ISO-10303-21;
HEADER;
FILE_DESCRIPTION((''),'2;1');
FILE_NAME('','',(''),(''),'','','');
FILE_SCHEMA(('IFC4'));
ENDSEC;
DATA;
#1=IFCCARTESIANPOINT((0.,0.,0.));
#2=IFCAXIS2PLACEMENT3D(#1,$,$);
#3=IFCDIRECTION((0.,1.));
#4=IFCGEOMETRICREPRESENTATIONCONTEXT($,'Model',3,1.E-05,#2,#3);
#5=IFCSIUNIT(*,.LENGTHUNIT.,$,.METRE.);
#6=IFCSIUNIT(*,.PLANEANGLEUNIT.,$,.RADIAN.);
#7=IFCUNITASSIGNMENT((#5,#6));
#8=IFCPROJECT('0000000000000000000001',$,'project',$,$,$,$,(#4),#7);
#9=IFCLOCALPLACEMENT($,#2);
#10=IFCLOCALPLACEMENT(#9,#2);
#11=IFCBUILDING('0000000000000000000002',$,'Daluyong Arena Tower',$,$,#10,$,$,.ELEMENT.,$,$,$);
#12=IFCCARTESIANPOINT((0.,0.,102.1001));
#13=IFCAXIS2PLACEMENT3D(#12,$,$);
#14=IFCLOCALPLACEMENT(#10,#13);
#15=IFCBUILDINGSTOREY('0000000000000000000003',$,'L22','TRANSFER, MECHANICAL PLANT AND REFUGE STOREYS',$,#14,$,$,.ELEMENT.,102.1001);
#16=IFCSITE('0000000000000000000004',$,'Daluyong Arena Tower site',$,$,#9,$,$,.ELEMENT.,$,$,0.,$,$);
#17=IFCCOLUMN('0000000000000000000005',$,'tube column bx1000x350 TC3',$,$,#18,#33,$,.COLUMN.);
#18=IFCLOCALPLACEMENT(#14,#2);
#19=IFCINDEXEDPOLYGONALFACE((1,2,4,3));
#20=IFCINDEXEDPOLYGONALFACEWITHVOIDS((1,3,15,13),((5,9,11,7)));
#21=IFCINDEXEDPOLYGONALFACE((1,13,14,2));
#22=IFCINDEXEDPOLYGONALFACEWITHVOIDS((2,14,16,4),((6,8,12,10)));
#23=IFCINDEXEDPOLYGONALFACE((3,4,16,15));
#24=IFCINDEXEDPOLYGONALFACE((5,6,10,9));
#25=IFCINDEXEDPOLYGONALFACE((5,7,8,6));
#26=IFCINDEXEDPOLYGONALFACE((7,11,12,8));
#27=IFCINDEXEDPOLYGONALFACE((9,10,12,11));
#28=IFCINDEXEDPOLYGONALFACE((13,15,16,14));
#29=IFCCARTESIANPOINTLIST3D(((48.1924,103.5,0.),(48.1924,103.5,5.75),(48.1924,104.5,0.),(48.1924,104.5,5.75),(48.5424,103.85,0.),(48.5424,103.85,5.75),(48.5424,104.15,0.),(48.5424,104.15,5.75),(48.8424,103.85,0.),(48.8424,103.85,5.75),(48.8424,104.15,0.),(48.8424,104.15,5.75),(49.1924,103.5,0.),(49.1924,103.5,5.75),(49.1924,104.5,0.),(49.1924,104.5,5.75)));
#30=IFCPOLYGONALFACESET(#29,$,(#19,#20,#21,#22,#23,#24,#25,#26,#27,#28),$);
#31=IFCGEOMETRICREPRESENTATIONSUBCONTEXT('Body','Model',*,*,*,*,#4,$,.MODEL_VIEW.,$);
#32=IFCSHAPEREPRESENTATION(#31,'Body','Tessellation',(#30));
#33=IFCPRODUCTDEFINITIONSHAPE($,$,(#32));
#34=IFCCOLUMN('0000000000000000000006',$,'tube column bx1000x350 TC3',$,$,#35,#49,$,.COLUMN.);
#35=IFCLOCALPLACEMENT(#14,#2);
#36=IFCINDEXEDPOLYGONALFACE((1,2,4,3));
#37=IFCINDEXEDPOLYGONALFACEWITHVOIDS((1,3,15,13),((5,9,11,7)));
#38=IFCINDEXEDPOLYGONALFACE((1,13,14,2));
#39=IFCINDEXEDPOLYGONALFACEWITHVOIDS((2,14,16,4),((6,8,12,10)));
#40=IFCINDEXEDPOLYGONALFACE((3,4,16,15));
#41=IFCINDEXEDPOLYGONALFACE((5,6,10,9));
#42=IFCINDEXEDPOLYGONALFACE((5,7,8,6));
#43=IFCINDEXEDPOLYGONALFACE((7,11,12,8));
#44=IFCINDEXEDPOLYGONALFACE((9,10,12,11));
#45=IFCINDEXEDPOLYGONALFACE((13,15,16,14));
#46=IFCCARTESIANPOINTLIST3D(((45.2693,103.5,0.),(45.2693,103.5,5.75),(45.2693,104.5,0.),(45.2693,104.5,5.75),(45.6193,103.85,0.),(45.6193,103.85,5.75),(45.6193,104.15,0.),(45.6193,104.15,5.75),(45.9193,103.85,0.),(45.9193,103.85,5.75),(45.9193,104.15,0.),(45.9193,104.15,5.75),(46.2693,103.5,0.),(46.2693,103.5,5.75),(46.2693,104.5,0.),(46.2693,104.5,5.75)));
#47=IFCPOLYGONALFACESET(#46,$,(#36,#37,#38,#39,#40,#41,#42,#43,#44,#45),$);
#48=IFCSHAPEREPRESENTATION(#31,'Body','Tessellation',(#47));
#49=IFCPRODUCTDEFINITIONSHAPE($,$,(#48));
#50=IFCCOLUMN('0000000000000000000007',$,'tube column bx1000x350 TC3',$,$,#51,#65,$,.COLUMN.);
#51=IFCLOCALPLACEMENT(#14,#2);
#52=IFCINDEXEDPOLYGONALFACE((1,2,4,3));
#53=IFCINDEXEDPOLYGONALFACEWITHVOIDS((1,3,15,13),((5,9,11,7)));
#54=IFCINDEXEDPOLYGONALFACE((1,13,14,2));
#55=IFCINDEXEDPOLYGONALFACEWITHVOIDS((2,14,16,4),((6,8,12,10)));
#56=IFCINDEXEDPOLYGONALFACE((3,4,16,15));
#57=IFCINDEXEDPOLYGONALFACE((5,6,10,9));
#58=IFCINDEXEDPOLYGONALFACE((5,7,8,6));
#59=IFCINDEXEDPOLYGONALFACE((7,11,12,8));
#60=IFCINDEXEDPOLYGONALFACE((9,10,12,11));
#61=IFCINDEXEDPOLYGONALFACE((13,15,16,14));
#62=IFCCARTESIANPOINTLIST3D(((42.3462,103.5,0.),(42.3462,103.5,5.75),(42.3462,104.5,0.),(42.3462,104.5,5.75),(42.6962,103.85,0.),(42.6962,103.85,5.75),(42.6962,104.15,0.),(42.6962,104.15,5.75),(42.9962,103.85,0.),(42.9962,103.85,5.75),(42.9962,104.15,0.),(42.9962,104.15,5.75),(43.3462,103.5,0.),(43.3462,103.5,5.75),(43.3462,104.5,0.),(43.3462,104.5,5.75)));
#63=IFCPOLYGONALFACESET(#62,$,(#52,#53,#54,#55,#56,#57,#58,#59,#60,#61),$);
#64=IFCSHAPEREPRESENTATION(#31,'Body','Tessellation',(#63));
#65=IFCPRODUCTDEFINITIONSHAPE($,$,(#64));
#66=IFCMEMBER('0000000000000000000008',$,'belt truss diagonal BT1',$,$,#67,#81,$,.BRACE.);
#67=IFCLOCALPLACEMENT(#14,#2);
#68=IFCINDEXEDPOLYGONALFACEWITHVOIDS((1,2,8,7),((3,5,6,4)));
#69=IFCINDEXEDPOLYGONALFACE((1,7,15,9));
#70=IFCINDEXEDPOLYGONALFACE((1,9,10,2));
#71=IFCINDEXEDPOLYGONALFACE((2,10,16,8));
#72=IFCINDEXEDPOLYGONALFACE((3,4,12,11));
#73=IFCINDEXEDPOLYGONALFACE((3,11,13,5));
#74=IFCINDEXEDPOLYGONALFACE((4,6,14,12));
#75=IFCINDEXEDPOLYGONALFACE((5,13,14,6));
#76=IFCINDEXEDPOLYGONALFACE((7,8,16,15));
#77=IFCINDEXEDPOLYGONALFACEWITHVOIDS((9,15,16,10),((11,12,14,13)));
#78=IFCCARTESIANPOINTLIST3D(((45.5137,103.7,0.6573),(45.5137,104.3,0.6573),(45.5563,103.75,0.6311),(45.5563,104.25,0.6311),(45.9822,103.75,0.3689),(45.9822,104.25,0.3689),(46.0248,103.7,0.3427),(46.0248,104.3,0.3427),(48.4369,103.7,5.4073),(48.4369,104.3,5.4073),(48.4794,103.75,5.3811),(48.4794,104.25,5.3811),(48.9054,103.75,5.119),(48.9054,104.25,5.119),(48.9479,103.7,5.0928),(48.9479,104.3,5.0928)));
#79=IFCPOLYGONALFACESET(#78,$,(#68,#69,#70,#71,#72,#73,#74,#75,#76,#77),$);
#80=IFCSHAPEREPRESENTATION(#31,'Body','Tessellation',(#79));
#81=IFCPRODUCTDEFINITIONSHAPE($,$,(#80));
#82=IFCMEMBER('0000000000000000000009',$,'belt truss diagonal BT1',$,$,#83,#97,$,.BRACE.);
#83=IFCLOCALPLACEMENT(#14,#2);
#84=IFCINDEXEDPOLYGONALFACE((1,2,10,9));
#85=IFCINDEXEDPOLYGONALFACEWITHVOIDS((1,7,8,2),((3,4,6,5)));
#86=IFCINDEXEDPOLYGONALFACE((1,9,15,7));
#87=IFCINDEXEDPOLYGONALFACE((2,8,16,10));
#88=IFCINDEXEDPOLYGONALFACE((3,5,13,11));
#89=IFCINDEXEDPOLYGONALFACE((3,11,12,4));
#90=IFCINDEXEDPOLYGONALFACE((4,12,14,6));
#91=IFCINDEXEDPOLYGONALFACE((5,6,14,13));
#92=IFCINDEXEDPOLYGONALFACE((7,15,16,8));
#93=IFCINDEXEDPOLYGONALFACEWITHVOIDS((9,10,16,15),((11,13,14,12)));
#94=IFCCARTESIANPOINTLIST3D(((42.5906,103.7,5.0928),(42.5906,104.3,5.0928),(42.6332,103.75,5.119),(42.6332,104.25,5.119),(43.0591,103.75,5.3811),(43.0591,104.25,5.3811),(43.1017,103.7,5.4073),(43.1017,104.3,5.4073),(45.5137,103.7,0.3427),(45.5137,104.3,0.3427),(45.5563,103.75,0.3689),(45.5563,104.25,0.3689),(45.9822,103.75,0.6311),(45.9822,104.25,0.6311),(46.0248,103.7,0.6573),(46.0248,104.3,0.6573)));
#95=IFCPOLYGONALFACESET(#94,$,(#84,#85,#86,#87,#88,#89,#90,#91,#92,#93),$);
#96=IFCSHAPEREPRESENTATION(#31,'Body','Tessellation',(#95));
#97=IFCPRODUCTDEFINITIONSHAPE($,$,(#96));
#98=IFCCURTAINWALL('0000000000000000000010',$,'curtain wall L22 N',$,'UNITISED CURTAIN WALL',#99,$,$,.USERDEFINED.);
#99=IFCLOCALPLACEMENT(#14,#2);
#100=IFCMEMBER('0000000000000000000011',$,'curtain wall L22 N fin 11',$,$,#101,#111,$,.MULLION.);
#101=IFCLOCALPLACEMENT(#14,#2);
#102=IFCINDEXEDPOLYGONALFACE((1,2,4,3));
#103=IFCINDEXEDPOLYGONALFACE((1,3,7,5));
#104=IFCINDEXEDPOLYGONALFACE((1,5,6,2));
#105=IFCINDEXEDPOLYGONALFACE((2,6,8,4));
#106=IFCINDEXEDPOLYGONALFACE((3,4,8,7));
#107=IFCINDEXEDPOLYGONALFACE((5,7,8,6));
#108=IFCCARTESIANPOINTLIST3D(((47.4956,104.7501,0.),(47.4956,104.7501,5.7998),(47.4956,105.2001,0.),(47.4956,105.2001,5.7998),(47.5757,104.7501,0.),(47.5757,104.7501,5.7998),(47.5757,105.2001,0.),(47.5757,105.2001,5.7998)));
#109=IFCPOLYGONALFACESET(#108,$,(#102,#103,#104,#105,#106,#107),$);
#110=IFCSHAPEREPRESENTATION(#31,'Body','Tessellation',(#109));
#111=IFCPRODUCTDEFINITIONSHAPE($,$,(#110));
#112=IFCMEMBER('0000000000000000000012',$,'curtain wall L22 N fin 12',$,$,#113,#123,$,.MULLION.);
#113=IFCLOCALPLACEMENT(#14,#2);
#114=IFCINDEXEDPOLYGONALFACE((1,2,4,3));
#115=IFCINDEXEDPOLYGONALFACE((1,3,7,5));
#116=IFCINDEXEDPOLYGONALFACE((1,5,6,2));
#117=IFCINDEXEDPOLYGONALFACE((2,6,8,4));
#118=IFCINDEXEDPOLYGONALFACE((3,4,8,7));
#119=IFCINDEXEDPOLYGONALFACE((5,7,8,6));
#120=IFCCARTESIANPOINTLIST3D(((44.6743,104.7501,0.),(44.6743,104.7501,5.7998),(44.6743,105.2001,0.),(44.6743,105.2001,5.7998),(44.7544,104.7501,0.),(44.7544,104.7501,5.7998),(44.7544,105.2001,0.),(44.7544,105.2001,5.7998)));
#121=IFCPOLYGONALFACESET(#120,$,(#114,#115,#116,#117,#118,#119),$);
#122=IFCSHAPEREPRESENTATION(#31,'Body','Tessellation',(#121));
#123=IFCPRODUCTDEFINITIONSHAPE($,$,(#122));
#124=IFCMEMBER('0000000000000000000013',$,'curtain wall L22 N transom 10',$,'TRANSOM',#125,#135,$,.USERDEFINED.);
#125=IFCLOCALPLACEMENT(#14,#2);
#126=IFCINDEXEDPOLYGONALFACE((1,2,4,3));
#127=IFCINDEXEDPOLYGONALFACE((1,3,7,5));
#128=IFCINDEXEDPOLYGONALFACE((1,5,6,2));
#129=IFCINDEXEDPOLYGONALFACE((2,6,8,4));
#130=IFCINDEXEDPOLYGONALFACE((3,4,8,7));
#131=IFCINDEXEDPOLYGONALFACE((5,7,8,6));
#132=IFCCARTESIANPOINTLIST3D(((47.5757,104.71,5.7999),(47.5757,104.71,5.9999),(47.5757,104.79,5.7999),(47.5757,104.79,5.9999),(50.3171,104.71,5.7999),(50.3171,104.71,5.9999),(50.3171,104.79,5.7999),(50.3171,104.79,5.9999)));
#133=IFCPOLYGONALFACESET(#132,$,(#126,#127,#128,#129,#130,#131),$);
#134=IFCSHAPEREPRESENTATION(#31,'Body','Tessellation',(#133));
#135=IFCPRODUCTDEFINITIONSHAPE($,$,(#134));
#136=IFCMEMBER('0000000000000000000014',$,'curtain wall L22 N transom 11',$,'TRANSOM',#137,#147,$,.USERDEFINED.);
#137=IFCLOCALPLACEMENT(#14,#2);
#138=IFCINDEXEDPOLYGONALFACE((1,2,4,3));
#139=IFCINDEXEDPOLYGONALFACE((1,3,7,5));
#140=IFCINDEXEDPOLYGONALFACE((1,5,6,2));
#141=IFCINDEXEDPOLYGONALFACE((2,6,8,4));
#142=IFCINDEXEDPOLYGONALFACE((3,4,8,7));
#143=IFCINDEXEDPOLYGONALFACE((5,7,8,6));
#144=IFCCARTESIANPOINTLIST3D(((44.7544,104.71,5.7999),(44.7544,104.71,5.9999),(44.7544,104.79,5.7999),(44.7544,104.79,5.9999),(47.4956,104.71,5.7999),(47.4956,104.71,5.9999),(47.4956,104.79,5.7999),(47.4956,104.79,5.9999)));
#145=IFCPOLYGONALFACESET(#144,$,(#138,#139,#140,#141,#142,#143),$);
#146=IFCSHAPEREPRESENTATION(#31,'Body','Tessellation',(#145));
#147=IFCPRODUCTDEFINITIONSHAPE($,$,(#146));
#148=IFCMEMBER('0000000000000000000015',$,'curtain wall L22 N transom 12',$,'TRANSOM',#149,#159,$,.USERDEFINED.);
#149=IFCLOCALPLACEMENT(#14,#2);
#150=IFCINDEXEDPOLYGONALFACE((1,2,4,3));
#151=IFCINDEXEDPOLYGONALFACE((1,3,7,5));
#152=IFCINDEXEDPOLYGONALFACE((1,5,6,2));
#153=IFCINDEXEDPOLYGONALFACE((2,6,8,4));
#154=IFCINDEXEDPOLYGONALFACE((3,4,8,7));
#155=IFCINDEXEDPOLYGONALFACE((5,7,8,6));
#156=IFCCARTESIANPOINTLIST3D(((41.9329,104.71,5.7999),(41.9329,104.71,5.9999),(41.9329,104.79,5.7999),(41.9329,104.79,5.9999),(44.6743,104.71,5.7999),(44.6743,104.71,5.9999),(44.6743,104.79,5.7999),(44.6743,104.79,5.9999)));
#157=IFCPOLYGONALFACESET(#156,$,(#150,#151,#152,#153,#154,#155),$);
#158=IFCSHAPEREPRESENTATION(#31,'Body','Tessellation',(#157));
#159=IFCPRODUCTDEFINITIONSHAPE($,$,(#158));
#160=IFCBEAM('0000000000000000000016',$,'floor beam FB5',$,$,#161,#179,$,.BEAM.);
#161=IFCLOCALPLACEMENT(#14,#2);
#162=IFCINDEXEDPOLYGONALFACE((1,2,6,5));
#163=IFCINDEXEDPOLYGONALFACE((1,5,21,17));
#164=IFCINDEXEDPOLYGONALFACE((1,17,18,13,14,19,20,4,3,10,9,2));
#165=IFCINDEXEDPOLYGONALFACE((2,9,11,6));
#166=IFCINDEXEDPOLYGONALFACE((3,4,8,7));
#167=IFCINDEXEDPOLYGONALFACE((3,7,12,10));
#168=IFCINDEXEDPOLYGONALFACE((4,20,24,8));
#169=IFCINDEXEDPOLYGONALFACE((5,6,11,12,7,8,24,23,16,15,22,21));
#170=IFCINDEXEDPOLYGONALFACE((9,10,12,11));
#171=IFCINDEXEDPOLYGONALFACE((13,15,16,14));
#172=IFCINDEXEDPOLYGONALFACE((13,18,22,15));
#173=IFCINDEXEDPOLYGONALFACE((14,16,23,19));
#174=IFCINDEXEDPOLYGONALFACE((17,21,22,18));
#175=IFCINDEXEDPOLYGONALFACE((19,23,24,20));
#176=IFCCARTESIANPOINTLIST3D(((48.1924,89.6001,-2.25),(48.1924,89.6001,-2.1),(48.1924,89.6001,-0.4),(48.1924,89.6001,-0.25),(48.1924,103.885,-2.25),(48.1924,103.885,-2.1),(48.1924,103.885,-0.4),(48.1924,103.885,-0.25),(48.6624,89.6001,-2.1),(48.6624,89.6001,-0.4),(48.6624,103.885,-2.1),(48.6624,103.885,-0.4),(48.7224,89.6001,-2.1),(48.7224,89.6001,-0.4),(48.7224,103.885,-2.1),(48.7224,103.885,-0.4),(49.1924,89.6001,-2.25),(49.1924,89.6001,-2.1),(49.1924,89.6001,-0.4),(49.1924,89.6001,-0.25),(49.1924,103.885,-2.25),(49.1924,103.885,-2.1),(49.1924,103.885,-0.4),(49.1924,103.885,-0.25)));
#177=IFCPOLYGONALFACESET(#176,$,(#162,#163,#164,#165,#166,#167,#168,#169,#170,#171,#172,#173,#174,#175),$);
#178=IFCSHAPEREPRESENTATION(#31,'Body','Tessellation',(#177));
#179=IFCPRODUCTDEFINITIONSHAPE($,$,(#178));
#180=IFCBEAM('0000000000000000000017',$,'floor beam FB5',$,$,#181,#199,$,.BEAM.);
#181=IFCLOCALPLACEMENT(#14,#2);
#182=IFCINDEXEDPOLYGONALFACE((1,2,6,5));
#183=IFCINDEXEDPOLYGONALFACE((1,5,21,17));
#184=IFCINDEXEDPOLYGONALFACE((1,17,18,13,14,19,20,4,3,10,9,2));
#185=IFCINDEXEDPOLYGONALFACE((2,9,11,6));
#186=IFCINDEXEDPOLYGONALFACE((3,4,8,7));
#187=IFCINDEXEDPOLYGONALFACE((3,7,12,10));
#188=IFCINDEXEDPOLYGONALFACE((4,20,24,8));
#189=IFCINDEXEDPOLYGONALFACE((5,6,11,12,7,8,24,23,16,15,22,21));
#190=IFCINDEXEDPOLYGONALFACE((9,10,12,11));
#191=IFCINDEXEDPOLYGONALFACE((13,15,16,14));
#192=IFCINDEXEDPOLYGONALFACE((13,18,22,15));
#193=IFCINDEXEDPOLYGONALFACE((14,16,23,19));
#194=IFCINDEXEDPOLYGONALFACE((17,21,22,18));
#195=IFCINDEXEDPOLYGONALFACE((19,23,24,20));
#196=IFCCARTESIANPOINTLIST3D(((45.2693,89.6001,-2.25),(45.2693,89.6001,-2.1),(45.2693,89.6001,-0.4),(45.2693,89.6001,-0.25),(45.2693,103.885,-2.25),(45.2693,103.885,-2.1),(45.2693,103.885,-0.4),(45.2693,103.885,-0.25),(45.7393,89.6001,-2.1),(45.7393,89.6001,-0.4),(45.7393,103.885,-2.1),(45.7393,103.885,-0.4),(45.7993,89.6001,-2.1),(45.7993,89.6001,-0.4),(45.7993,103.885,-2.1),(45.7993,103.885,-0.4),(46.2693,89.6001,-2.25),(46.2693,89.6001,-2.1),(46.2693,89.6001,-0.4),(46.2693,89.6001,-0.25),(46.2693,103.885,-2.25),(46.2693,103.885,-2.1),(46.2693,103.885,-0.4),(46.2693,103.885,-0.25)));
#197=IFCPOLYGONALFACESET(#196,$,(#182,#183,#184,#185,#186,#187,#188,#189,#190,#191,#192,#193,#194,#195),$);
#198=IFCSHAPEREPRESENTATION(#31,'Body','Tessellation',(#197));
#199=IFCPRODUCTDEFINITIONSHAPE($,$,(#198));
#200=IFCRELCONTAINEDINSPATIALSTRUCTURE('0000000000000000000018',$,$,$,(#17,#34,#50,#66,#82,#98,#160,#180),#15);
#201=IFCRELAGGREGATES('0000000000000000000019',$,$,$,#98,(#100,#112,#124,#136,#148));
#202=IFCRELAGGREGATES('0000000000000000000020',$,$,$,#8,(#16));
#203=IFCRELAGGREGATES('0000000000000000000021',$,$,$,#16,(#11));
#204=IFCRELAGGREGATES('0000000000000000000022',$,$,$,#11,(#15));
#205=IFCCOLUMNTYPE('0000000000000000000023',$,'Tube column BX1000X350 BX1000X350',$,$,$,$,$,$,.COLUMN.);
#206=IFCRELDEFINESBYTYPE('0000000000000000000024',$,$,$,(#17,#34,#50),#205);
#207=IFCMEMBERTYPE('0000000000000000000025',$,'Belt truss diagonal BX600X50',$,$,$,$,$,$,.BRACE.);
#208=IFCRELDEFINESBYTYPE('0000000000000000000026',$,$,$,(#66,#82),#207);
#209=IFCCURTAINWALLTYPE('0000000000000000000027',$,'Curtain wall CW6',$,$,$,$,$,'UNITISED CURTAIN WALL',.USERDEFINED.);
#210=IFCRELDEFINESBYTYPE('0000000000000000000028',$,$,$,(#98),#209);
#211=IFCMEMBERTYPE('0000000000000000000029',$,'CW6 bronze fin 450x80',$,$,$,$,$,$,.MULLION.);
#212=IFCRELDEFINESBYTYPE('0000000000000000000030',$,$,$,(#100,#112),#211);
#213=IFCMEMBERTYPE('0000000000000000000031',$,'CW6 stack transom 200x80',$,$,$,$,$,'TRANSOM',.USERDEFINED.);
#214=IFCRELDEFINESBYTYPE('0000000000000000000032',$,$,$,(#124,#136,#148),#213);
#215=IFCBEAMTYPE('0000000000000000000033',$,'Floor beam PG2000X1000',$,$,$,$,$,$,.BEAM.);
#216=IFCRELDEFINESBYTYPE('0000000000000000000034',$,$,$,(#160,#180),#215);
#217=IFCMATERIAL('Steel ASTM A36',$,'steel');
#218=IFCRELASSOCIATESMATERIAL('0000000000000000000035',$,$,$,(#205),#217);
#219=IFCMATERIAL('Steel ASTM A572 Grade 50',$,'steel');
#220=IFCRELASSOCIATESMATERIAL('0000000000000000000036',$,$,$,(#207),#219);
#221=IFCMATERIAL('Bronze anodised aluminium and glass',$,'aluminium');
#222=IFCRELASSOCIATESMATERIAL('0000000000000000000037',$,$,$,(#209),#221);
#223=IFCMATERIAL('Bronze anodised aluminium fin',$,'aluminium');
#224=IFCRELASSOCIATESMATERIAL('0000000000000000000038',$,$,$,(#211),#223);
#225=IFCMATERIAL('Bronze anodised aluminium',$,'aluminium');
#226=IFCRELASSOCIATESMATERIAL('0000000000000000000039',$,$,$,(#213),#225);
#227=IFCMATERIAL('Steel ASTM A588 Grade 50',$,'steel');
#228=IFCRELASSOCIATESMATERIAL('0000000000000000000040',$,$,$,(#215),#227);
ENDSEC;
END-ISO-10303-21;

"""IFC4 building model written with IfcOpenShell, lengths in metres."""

from ifc_helpers import new_model, si_unit, direction, frame, origin, origin_2d, place, context, subcontext, project, spatial, rectangle, hollow_rectangle, i_section, extrude, material, material_profile, profile_set, type_object, element, aggregate, save


model = new_model("IFC4")

# Units and contexts
model_context = context("Model", 3, precision=1e-05, world=origin(), true_north=direction((0.0, 1.0)))
body_context = subcontext(model_context, "Body", "Model", "MODEL_VIEW")
ifc_project = project(units=[si_unit("LENGTHUNIT", "METRE"), si_unit("PLANEANGLEUNIT", "RADIAN")], contexts=[model_context])

# Site, building, storey
site_placement = place(None, origin())
site = spatial("IfcSite", under=ifc_project, at=site_placement, Name="Daluyong Arena Tower site", CompositionType="ELEMENT", RefElevation=0.0)
building_placement = place(site_placement, origin())
building = spatial("IfcBuilding", under=site, at=building_placement, Name="Daluyong Arena Tower", CompositionType="ELEMENT")
storey_placement = place(building_placement, frame((0.0, 0.0, 102.1001)))
storey = spatial("IfcBuildingStorey", under=building, at=storey_placement, Name="L22", Description="TRANSFER, MECHANICAL PLANT AND REFUGE STOREYS", CompositionType="ELEMENT", Elevation=102.1001)

# Columns
ifc_material_1 = material(Name="Steel ASTM A36", Category="steel")
ifc_material_profile_1 = material_profile(ifc_material_1, hollow_rectangle(XDim=1.0, YDim=1.0, WallThickness=0.35, at=origin_2d()))
ifc_profile_set_1 = profile_set([ifc_material_profile_1], Name="Steel ASTM A36")
column_type = type_object("IfcColumnType", Name="Tube column BX1000X350 BX1000X350", PredefinedType="COLUMN", material=ifc_profile_set_1)
for number, where, z_axis, x_axis, name in (
    (1, (48.6924, 104.0, 0.0), (0.0, 0.0, 1.0), (1.0, 0.0, 0.0), "tube column bx1000x350 TC3"),
    (2, (45.7693, 104.0, 0.0), (0.0, 0.0, 1.0), (1.0, 0.0, 0.0), "tube column bx1000x350 TC3"),
    (3, (42.8462, 104.0, 0.0), (0.0, 0.0, 1.0), (1.0, 0.0, 0.0), "tube column bx1000x350 TC3"),
):
    element("IfcColumn", number, at=place(storey_placement, frame(where, z_axis=z_axis, x_axis=x_axis)), inside=storey, type_object=column_type, Name=name, PredefinedType="COLUMN", context=body_context, shape_type="SweptSolid", body=[
        extrude(hollow_rectangle(XDim=1.0, YDim=1.0, WallThickness=0.35, at=origin_2d()), origin(), (0.0, 0.0, 1.0), 5.75),
    ])

# Members
ifc_material_2 = material(Name="Steel ASTM A572 Grade 50", Category="steel")
ifc_material_profile_2 = material_profile(ifc_material_2, hollow_rectangle(XDim=0.6001, YDim=0.6001, WallThickness=0.05, at=origin_2d()))
ifc_profile_set_2 = profile_set([ifc_material_profile_2], Name="Steel ASTM A572 Grade 50")
member_type_1 = type_object("IfcMemberType", Name="Belt truss diagonal BX600X50", PredefinedType="BRACE", material=ifc_profile_set_2)
for number, where, z_axis, x_axis, name in (
    (4, (45.7693, 104.0, 0.5), (0.5241, 0.0, 0.851657), (0.0, 1.0, 0.0), "belt truss diagonal BT1"),
    (5, (45.7693, 104.0, 0.5), (-0.5241, 0.0, 0.851657), (0.0, -1.0, 0.0), "belt truss diagonal BT1"),
):
    element("IfcMember", number, at=place(storey_placement, frame(where, z_axis=z_axis, x_axis=x_axis)), inside=storey, type_object=member_type_1, Name=name, PredefinedType="BRACE", context=body_context, shape_type="SweptSolid", body=[
        extrude(hollow_rectangle(XDim=0.6001, YDim=0.6001, WallThickness=0.05, at=origin_2d()), origin(), (0.0, 0.0, 1.0), 5.5774),
    ])

# Curtain wall, members
ifc_material_3 = material(Name="Bronze anodised aluminium and glass", Category="aluminium")
curtain_wall_type = type_object("IfcCurtainWallType", Name="Curtain wall CW6", ElementType="UNITISED CURTAIN WALL", PredefinedType="USERDEFINED", material=ifc_material_3)
curtain_wall_placement = place(storey_placement, origin())
curtain_wall = element("IfcCurtainWall", 6, at=curtain_wall_placement, inside=storey, type_object=curtain_wall_type, Name="curtain wall L22 N", ObjectType="UNITISED CURTAIN WALL", PredefinedType="USERDEFINED")
ifc_material_4 = material(Name="Bronze anodised aluminium fin", Category="aluminium")
ifc_material_profile_3 = material_profile(ifc_material_4, rectangle(XDim=0.45, YDim=0.0801, at=origin_2d()))
ifc_profile_set_3 = profile_set([ifc_material_profile_3], Name="Bronze anodised aluminium fin")
member_type_2 = type_object("IfcMemberType", Name="CW6 bronze fin 450x80", PredefinedType="MULLION", material=ifc_profile_set_3)
member_1_placement = place(storey_placement, frame((47.5356, 104.9751, 0.0), z_axis=(0.0, 0.0, 1.0), x_axis=(0.0, -1.0, 0.0)))
member_1 = element("IfcMember", 7, at=member_1_placement, type_object=member_type_2, Name="curtain wall L22 N fin 11", PredefinedType="MULLION", context=body_context, shape_type="SweptSolid", body=[
    extrude(rectangle(XDim=0.45, YDim=0.0801, at=origin_2d()), origin(), (0.0, 0.0, 1.0), 5.7998),
])
member_2_placement = place(storey_placement, frame((44.7144, 104.9751, 0.0), z_axis=(0.0, 0.0, 1.0), x_axis=(0.0, -1.0, 0.0)))
member_2 = element("IfcMember", 8, at=member_2_placement, type_object=member_type_2, Name="curtain wall L22 N fin 12", PredefinedType="MULLION", context=body_context, shape_type="SweptSolid", body=[
    extrude(rectangle(XDim=0.45, YDim=0.0801, at=origin_2d()), origin(), (0.0, 0.0, 1.0), 5.7998),
])
ifc_material_5 = material(Name="Bronze anodised aluminium", Category="aluminium")
ifc_material_profile_4 = material_profile(ifc_material_5, rectangle(XDim=0.0801, YDim=0.2, at=origin_2d()))
ifc_profile_set_4 = profile_set([ifc_material_profile_4], Name="Bronze anodised aluminium")
member_type_3 = type_object("IfcMemberType", Name="CW6 stack transom 200x80", ElementType="TRANSOM", PredefinedType="USERDEFINED", material=ifc_profile_set_4)
member_3_placement = place(storey_placement, frame((50.3171, 104.75, 5.8999), z_axis=(-1.0, 0.0, 0.0), x_axis=(0.0, -1.0, 0.0)))
member_3 = element("IfcMember", 9, at=member_3_placement, type_object=member_type_3, Name="curtain wall L22 N transom 10", ObjectType="TRANSOM", PredefinedType="USERDEFINED", context=body_context, shape_type="SweptSolid", body=[
    extrude(rectangle(XDim=0.0801, YDim=0.2, at=origin_2d()), origin(), (0.0, 0.0, 1.0), 2.7415),
])
member_4_placement = place(storey_placement, frame((47.4956, 104.75, 5.8999), z_axis=(-1.0, 0.0, 0.0), x_axis=(0.0, -1.0, 0.0)))
member_4 = element("IfcMember", 10, at=member_4_placement, type_object=member_type_3, Name="curtain wall L22 N transom 11", ObjectType="TRANSOM", PredefinedType="USERDEFINED", context=body_context, shape_type="SweptSolid", body=[
    extrude(rectangle(XDim=0.0801, YDim=0.2, at=origin_2d()), origin(), (0.0, 0.0, 1.0), 2.7412),
])
member_5_placement = place(storey_placement, frame((44.6743, 104.75, 5.8999), z_axis=(-1.0, 0.0, 0.0), x_axis=(0.0, -1.0, 0.0)))
member_5 = element("IfcMember", 11, at=member_5_placement, type_object=member_type_3, Name="curtain wall L22 N transom 12", ObjectType="TRANSOM", PredefinedType="USERDEFINED", context=body_context, shape_type="SweptSolid", body=[
    extrude(rectangle(XDim=0.0801, YDim=0.2, at=origin_2d()), origin(), (0.0, 0.0, 1.0), 2.7415),
])

# Beams
ifc_material_6 = material(Name="Steel ASTM A588 Grade 50", Category="steel")
ifc_material_profile_5 = material_profile(ifc_material_6, i_section(OverallWidth=1.0, OverallDepth=2.0, WebThickness=0.06, FlangeThickness=0.15, at=origin_2d()))
ifc_profile_set_5 = profile_set([ifc_material_profile_5], Name="Steel ASTM A588 Grade 50")
beam_type_1 = type_object("IfcBeamType", Name="Floor beam PG2000X1000", PredefinedType="BEAM", material=ifc_profile_set_5)
for number, where, z_axis, x_axis, name in (
    (12, (48.6924, 103.885, -1.25), (0.0, -1.0, 0.0), (1.0, 0.0, 0.0), "floor beam FB5"),
    (13, (45.7693, 103.885, -1.25), (0.0, -1.0, 0.0), (1.0, 0.0, 0.0), "floor beam FB5"),
):
    element("IfcBeam", number, at=place(storey_placement, frame(where, z_axis=z_axis, x_axis=x_axis)), inside=storey, type_object=beam_type_1, Name=name, PredefinedType="BEAM", context=body_context, shape_type="SweptSolid", body=[
        extrude(i_section(OverallWidth=1.0, OverallDepth=2.0, WebThickness=0.06, FlangeThickness=0.15, at=origin_2d()), origin(), (0.0, 0.0, 1.0), 14.2849),
    ])

aggregate(curtain_wall, [member_1, member_2, member_3, member_4, member_5])

save(model, "model.ifc")
